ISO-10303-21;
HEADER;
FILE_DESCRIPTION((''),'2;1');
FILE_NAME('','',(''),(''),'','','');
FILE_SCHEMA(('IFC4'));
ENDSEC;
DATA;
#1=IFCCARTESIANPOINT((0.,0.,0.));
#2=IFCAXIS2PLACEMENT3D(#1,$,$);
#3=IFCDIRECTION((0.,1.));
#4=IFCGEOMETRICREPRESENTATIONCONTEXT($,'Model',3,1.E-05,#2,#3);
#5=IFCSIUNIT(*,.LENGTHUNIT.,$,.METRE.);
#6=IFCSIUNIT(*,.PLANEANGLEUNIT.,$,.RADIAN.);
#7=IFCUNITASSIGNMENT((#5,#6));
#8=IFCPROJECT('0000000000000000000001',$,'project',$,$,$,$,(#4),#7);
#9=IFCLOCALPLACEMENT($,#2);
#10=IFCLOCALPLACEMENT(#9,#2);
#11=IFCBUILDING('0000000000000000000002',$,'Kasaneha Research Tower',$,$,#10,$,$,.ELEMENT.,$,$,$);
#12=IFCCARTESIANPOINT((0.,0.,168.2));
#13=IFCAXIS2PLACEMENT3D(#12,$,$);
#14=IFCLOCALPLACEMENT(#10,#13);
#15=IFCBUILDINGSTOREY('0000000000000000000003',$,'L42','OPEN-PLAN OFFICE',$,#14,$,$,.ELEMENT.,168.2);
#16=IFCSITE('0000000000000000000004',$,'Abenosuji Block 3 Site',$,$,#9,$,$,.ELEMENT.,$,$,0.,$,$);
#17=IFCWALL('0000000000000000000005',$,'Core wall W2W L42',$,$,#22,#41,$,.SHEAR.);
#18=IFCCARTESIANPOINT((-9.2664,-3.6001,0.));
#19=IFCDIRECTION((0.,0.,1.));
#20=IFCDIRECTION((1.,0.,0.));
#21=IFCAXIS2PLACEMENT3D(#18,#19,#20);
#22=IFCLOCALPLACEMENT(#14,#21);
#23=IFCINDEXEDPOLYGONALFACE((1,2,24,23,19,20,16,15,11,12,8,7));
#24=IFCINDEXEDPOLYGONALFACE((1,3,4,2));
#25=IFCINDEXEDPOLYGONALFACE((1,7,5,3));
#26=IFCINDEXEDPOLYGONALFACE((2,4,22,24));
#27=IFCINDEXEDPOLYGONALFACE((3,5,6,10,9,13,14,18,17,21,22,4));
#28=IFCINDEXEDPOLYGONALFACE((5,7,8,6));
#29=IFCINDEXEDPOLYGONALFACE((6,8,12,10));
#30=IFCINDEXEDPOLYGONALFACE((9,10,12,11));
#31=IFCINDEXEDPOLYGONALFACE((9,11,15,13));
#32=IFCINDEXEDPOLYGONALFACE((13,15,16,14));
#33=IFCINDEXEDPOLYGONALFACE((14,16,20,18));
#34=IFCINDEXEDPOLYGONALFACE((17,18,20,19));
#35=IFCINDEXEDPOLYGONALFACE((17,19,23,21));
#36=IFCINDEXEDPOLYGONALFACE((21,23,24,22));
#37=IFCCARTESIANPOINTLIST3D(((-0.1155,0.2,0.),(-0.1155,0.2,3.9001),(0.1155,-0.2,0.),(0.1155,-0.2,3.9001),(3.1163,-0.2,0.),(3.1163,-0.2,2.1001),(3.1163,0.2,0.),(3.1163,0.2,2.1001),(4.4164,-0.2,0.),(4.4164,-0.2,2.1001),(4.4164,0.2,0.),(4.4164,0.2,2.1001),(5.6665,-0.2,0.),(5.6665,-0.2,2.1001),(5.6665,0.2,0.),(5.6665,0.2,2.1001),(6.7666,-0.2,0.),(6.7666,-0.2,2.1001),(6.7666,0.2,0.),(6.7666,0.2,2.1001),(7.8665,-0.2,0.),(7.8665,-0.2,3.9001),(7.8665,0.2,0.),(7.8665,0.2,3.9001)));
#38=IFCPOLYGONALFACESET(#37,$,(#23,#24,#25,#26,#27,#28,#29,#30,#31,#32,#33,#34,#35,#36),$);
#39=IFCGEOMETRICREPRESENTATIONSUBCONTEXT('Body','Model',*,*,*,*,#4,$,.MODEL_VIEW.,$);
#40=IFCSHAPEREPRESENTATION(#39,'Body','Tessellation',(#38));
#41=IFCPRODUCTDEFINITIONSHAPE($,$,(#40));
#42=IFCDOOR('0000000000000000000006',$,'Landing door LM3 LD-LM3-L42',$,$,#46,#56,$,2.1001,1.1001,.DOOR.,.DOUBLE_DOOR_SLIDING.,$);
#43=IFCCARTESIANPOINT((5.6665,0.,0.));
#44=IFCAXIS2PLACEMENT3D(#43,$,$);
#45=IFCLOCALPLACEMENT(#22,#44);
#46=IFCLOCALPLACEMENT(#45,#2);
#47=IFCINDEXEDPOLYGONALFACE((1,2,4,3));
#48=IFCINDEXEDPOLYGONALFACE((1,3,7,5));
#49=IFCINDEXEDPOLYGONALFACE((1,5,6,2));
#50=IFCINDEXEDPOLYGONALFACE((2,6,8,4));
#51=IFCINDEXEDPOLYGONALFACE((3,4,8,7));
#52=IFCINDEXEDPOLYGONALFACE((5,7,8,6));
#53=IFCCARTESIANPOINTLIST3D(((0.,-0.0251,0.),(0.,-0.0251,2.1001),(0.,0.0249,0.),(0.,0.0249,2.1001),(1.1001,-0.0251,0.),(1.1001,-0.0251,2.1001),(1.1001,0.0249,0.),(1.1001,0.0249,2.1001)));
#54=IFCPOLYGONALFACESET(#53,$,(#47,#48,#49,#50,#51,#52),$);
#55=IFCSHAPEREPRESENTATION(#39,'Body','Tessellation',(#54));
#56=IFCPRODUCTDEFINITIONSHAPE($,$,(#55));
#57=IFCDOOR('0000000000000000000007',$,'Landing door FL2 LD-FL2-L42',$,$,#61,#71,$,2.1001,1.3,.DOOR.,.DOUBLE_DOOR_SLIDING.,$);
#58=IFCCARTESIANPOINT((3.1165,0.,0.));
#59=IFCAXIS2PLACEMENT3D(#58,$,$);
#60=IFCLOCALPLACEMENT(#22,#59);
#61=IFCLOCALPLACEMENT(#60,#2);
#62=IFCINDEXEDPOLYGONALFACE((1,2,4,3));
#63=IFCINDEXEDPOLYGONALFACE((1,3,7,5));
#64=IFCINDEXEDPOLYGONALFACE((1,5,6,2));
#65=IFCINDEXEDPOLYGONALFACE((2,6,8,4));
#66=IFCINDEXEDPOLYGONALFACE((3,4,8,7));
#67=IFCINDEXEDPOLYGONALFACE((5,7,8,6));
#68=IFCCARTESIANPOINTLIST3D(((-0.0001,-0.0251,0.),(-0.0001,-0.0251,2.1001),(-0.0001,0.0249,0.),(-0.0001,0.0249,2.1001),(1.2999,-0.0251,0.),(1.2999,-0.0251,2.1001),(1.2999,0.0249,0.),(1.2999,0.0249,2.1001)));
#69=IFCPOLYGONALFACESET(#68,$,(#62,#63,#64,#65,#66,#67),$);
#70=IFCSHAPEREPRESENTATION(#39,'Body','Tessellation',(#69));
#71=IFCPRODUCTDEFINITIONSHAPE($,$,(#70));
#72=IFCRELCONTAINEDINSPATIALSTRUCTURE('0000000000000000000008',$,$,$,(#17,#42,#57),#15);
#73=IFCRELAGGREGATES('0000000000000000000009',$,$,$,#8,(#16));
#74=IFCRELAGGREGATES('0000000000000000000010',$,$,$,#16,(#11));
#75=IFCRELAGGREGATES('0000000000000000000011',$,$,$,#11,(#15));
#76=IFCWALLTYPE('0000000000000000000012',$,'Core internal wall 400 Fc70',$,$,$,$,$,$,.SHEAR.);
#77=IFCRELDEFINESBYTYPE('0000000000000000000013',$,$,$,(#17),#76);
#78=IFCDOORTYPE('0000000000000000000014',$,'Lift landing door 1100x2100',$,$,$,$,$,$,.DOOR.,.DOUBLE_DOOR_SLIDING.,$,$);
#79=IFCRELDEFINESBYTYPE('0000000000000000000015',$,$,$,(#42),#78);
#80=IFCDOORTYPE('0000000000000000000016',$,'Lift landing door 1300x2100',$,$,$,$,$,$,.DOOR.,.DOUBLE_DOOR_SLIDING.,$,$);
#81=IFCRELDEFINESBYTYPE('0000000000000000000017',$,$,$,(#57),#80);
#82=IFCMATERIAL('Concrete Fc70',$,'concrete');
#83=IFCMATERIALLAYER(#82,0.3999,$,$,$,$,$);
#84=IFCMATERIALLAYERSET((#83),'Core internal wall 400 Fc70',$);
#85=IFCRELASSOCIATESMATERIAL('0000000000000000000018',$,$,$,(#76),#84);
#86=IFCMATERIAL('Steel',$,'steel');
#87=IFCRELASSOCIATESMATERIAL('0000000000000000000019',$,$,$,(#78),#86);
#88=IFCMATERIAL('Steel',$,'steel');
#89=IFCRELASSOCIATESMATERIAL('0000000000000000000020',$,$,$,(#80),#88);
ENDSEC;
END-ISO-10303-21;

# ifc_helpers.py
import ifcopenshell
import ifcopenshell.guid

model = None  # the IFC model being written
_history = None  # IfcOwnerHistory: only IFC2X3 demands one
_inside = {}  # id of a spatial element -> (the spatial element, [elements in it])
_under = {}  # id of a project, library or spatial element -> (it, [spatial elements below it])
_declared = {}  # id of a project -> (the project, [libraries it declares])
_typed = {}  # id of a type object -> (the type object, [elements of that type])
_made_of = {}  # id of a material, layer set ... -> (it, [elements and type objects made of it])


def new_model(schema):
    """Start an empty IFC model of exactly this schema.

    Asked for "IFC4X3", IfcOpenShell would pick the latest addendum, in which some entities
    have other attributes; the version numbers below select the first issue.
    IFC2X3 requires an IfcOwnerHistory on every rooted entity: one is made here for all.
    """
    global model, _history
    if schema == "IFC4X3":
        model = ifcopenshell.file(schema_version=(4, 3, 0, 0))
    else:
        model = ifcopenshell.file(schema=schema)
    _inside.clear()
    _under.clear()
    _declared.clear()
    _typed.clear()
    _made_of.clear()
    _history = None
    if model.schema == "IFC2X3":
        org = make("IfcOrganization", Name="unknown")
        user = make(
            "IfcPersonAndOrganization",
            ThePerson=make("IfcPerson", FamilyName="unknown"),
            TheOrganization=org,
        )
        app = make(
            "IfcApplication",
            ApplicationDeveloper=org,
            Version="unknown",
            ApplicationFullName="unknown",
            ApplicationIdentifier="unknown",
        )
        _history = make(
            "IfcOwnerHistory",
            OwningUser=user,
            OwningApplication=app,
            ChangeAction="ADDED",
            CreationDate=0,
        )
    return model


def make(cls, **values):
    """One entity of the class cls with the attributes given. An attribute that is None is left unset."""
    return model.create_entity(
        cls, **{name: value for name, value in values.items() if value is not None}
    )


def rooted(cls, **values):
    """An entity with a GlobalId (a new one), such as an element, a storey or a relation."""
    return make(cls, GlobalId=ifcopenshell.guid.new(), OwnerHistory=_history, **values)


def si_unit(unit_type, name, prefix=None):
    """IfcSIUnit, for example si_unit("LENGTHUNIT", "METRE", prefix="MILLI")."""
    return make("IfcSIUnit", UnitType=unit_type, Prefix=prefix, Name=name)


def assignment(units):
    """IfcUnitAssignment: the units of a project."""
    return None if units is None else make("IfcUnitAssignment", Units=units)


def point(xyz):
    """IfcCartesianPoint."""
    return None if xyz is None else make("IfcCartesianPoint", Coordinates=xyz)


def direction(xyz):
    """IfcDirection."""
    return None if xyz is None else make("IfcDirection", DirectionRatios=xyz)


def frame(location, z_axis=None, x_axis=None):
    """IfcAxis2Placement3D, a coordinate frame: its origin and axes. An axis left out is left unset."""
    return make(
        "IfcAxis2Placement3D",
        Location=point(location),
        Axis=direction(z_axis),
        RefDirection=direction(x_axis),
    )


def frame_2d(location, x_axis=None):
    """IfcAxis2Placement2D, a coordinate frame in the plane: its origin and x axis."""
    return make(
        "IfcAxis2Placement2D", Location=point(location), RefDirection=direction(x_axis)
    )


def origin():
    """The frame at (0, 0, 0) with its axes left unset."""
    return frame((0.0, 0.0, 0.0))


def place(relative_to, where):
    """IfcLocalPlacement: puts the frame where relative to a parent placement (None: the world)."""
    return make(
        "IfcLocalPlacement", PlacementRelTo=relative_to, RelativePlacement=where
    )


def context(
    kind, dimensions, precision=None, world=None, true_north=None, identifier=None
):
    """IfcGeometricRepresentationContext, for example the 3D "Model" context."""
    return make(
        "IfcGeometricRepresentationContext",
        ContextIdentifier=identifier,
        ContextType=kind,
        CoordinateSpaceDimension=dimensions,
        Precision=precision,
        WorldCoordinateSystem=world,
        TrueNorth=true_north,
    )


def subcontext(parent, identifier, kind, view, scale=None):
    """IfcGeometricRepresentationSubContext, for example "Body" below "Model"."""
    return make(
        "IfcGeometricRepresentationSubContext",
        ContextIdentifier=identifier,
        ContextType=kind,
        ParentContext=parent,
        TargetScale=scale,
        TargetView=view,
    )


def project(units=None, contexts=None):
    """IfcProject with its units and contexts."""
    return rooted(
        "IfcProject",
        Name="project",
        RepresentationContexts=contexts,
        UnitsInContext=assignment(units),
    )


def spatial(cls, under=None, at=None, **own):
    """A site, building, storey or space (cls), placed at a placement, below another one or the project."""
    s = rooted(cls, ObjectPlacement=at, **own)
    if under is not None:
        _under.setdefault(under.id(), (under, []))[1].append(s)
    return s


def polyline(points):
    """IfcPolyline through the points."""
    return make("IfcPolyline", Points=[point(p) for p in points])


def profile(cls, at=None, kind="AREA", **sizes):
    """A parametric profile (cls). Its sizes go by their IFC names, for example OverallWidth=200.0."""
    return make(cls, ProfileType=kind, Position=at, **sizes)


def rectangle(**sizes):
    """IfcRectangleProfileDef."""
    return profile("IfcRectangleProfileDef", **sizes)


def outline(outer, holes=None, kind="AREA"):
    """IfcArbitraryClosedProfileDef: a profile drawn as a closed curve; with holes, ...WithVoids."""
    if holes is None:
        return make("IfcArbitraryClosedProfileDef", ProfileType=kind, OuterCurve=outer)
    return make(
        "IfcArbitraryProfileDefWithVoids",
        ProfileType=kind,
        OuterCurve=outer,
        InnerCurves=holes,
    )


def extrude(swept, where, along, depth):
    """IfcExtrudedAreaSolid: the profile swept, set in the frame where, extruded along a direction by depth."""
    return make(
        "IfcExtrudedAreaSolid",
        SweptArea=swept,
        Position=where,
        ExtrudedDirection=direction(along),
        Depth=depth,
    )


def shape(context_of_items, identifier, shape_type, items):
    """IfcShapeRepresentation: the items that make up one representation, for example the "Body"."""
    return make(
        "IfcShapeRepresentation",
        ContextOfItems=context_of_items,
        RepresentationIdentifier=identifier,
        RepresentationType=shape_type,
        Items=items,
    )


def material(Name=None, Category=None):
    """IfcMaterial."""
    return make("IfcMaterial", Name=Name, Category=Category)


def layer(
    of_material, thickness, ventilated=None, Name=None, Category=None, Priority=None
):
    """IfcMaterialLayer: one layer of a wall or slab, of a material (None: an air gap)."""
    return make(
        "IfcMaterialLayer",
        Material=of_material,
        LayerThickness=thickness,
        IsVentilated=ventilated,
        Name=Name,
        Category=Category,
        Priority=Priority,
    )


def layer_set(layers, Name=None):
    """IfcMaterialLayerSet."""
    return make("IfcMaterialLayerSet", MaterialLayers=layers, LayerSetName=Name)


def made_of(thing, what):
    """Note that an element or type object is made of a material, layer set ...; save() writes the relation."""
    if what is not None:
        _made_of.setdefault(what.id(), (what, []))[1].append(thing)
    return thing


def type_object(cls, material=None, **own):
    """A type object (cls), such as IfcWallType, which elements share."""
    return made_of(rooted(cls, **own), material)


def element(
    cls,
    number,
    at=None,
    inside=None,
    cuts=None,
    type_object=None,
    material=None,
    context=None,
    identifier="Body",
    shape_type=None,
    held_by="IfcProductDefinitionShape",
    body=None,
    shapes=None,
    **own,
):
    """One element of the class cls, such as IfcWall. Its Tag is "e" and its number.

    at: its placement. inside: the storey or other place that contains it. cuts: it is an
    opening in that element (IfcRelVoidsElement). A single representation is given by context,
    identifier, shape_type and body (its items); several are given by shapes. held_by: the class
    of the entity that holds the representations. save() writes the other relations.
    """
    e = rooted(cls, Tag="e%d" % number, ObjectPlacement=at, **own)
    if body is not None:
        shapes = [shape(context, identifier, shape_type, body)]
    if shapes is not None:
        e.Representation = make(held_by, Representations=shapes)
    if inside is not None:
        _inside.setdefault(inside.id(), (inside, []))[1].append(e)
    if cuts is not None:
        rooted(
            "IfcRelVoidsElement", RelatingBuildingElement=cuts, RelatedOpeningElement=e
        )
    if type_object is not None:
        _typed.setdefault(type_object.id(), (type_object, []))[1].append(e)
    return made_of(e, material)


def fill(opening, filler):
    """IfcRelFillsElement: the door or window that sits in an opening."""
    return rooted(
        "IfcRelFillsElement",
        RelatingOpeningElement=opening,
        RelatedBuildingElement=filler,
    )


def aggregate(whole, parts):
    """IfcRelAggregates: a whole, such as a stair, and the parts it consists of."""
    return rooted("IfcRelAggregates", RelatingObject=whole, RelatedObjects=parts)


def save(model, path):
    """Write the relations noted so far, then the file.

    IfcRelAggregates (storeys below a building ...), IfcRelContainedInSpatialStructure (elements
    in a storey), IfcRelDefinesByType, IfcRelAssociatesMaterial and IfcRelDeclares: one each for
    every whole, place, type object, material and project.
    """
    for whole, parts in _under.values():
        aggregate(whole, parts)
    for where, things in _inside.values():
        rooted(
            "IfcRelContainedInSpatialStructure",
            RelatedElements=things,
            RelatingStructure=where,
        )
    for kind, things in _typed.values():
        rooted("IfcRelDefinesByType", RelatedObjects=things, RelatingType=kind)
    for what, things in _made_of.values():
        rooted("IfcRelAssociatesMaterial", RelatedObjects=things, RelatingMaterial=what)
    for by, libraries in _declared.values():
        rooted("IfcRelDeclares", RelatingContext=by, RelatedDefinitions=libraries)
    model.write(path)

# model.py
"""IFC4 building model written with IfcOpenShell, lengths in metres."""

from ifc_helpers import new_model, si_unit, direction, frame, frame_2d, origin, place, context, subcontext, project, spatial, polyline, rectangle, outline, extrude, material, layer, layer_set, type_object, element, fill, save


model = new_model("IFC4")

# Units and contexts
model_context = context("Model", 3, precision=1e-05, world=origin(), true_north=direction((0.0, 1.0)))
body_context = subcontext(model_context, "Body", "Model", "MODEL_VIEW")
ifc_project = project(units=[si_unit("LENGTHUNIT", "METRE"), si_unit("PLANEANGLEUNIT", "RADIAN")], contexts=[model_context])

# Site, building, storey
site_placement = place(None, origin())
site = spatial("IfcSite", under=ifc_project, at=site_placement, Name="Abenosuji Block 3 Site", CompositionType="ELEMENT", RefElevation=0.0)
building_placement = place(site_placement, origin())
building = spatial("IfcBuilding", under=site, at=building_placement, Name="Kasaneha Research Tower", CompositionType="ELEMENT")
storey_placement = place(building_placement, frame((0.0, 0.0, 168.2)))
storey = spatial("IfcBuildingStorey", under=building, at=storey_placement, Name="L42", Description="OPEN-PLAN OFFICE", CompositionType="ELEMENT", Elevation=168.2)

# Wall, openings, doors
ifc_material_1 = material(Name="Concrete Fc70", Category="concrete")
ifc_layer_1 = layer(ifc_material_1, 0.3999)
ifc_layer_set_1 = layer_set([ifc_layer_1], Name="Core internal wall 400 Fc70")
wall_type_1 = type_object("IfcWallType", Name="Core internal wall 400 Fc70", PredefinedType="SHEAR", material=ifc_layer_set_1)
wall_1_placement = place(storey_placement, frame((-9.2664, -3.6001, 0.0), z_axis=(0.0, 0.0, 1.0), x_axis=(1.0, 0.0, 0.0)))
wall_1 = element("IfcWall", 1, at=wall_1_placement, inside=storey, type_object=wall_type_1, Name="Core wall W2W L42", PredefinedType="SHEAR", context=body_context, shape_type="SweptSolid", body=[
    extrude(outline(polyline([(0.1155, -0.2), (3.1165, -0.2), (4.4165, -0.2), (5.6665, -0.2), (6.7666, -0.2), (7.8665, -0.2), (7.8665, 0.2), (6.7666, 0.2), (5.6665, 0.2), (4.4165, 0.2), (3.1165, 0.2), (-0.1155, 0.2), (0.1155, -0.2)])), origin(), (0.0, 0.0, 1.0), 3.9001),
])
opening_1_placement = place(wall_1_placement, frame((5.6665, 0.0, 0.0)))
opening_1 = element("IfcOpeningElement", 2, at=opening_1_placement, cuts=wall_1, PredefinedType="OPENING", context=body_context, shape_type="SweptSolid", body=[
    extrude(rectangle(XDim=1.1001, YDim=2.1001, at=frame_2d((0.55, 1.05))), frame((0.0, 0.21, 0.0), z_axis=(0.0, -1.0, 0.0), x_axis=(1.0, 0.0, 0.0)), (0.0, 0.0, 1.0), 0.4199),
])
opening_2_placement = place(wall_1_placement, frame((3.1165, 0.0, 0.0)))
opening_2 = element("IfcOpeningElement", 3, at=opening_2_placement, cuts=wall_1, PredefinedType="OPENING", context=body_context, shape_type="SweptSolid", body=[
    extrude(rectangle(XDim=1.3, YDim=2.1001, at=frame_2d((0.6499, 1.05))), frame((0.0, 0.21, 0.0), z_axis=(0.0, -1.0, 0.0), x_axis=(1.0, 0.0, 0.0)), (0.0, 0.0, 1.0), 0.4199),
])
ifc_material_2 = material(Name="Steel", Category="steel")
door_type_1 = type_object("IfcDoorType", Name="Lift landing door 1100x2100", OperationType="DOUBLE_DOOR_SLIDING", PredefinedType="DOOR", material=ifc_material_2)
door_1_placement = place(opening_1_placement, origin())
door_1 = element("IfcDoor", 4, at=door_1_placement, inside=storey, type_object=door_type_1, Name="Landing door LM3 LD-LM3-L42", OperationType="DOUBLE_DOOR_SLIDING", OverallHeight=2.1001, OverallWidth=1.1001, PredefinedType="DOOR", context=body_context, shape_type="SweptSolid", body=[
    extrude(rectangle(XDim=1.1001, YDim=2.1001, at=frame_2d((0.55, 1.05))), frame((0.0, 0.0249, 0.0), z_axis=(0.0, -1.0, 0.0), x_axis=(1.0, 0.0, 0.0)), (0.0, 0.0, 1.0), 0.05),
])
fill(opening_1, door_1)
ifc_material_3 = material(Name="Steel", Category="steel")
door_type_2 = type_object("IfcDoorType", Name="Lift landing door 1300x2100", OperationType="DOUBLE_DOOR_SLIDING", PredefinedType="DOOR", material=ifc_material_3)
door_2_placement = place(opening_2_placement, origin())
door_2 = element("IfcDoor", 5, at=door_2_placement, inside=storey, type_object=door_type_2, Name="Landing door FL2 LD-FL2-L42", OperationType="DOUBLE_DOOR_SLIDING", OverallHeight=2.1001, OverallWidth=1.3, PredefinedType="DOOR", context=body_context, shape_type="SweptSolid", body=[
    extrude(rectangle(XDim=1.3, YDim=2.1001, at=frame_2d((0.6499, 1.05))), frame((0.0, 0.0249, 0.0), z_axis=(0.0, -1.0, 0.0), x_axis=(1.0, 0.0, 0.0)), (0.0, 0.0, 1.0), 0.05),
])
fill(opening_2, door_2)

save(model, "model.ifc")
